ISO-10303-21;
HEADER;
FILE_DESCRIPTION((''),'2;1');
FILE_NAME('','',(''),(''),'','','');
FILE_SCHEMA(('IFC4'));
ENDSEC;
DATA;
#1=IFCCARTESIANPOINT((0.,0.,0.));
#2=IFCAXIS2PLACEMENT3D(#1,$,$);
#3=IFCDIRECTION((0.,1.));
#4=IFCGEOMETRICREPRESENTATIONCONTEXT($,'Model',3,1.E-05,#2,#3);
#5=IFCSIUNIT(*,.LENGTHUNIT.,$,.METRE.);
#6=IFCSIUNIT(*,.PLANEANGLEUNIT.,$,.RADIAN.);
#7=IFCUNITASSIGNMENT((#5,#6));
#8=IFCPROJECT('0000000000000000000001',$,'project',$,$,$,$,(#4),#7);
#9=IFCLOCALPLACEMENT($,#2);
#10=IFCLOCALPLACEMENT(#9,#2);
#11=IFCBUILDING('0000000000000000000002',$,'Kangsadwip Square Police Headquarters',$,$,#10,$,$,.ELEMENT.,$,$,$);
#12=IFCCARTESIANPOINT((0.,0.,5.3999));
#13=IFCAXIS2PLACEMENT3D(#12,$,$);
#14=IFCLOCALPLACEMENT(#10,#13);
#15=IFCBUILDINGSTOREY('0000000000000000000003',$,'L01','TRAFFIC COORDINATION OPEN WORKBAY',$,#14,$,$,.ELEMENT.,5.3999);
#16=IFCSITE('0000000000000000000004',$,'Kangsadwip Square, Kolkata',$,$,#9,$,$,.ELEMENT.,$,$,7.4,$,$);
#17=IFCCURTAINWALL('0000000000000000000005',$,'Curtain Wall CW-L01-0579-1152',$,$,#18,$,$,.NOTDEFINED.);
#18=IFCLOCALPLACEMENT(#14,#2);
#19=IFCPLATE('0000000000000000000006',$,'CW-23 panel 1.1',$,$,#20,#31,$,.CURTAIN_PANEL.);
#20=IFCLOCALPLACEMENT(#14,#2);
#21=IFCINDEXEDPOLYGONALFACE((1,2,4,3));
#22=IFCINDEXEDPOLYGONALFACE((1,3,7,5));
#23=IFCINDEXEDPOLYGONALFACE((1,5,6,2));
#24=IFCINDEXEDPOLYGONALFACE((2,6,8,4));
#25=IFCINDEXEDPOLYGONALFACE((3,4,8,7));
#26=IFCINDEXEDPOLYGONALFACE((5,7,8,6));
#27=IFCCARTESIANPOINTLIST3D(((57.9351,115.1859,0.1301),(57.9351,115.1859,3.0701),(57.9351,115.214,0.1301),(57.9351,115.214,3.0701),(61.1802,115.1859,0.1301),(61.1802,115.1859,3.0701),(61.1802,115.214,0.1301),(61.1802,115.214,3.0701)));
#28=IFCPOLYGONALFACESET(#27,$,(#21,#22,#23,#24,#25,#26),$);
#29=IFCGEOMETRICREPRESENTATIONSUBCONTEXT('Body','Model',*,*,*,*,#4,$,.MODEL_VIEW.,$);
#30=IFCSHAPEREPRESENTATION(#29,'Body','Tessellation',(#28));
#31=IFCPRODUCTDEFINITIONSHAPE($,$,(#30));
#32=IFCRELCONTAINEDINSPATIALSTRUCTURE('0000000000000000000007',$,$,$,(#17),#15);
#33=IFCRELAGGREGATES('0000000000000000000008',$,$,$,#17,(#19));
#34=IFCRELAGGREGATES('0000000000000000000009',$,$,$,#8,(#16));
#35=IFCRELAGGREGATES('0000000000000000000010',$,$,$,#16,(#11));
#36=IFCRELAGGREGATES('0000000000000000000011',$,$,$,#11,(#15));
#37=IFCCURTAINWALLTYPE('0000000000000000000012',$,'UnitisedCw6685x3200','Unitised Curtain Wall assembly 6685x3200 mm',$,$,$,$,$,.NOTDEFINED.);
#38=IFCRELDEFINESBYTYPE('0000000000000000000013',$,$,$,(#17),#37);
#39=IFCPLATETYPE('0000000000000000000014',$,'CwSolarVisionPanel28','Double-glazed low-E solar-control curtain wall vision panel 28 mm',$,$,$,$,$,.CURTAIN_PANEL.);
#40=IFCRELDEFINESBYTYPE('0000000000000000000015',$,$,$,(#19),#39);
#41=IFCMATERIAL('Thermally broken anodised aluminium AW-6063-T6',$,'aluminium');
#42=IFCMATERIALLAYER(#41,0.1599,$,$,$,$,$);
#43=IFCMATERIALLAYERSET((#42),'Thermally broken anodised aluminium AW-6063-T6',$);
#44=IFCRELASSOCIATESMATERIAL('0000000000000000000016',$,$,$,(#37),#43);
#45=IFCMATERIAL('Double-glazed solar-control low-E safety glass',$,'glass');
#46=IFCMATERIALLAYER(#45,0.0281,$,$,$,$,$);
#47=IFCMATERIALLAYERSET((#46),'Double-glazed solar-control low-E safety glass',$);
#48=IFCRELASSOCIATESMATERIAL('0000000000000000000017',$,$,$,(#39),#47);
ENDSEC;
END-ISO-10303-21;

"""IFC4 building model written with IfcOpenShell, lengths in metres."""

from ifc_helpers import new_model, si_unit, direction, frame, origin, origin_2d, place, context, subcontext, project, spatial, rectangle, extrude, material, layer, layer_set, type_object, element, aggregate, save


model = new_model("IFC4")

# Units and contexts
model_context = context("Model", 3, precision=1e-05, world=origin(), true_north=direction((0.0, 1.0)))
body_context = subcontext(model_context, "Body", "Model", "MODEL_VIEW")
ifc_project = project(units=[si_unit("LENGTHUNIT", "METRE"), si_unit("PLANEANGLEUNIT", "RADIAN")], contexts=[model_context])

# Site, building, storey
site_placement = place(None, origin())
site = spatial("IfcSite", under=ifc_project, at=site_placement, Name="Kangsadwip Square, Kolkata", CompositionType="ELEMENT", RefElevation=7.4)
building_placement = place(site_placement, origin())
building = spatial("IfcBuilding", under=site, at=building_placement, Name="Kangsadwip Square Police Headquarters", CompositionType="ELEMENT")
storey_placement = place(building_placement, frame((0.0, 0.0, 5.3999)))
storey = spatial("IfcBuildingStorey", under=building, at=storey_placement, Name="L01", Description="TRAFFIC COORDINATION OPEN WORKBAY", CompositionType="ELEMENT", Elevation=5.3999)

# Curtain wall
ifc_material_1 = material(Name="Thermally broken anodised aluminium AW-6063-T6", Category="aluminium")
ifc_layer_1 = layer(ifc_material_1, 0.1599)
ifc_layer_set_1 = layer_set([ifc_layer_1], Name="Thermally broken anodised aluminium AW-6063-T6")
curtain_wall_type_1 = type_object("IfcCurtainWallType", Name="UnitisedCw6685x3200", Description="Unitised Curtain Wall assembly 6685x3200 mm", PredefinedType="NOTDEFINED", material=ifc_layer_set_1)
curtain_wall_1_placement = place(storey_placement, origin())
curtain_wall_1 = element("IfcCurtainWall", 1, at=curtain_wall_1_placement, inside=storey, type_object=curtain_wall_type_1, Name="Curtain Wall CW-L01-0579-1152", PredefinedType="NOTDEFINED")

# Plate
ifc_material_2 = material(Name="Double-glazed solar-control low-E safety glass", Category="glass")
ifc_layer_2 = layer(ifc_material_2, 0.0281)
ifc_layer_set_2 = layer_set([ifc_layer_2], Name="Double-glazed solar-control low-E safety glass")
plate_type_1 = type_object("IfcPlateType", Name="CwSolarVisionPanel28", Description="Double-glazed low-E solar-control curtain wall vision panel 28 mm", PredefinedType="CURTAIN_PANEL", material=ifc_layer_set_2)
plate_1_placement = place(storey_placement, frame((59.5576, 115.2, 0.1301), z_axis=(0.0, 0.0, 1.0), x_axis=(1.0, 0.0, 0.0)))
plate_1 = element("IfcPlate", 2, at=plate_1_placement, type_object=plate_type_1, Name="CW-23 panel 1.1", PredefinedType="CURTAIN_PANEL", context=body_context, shape_type="SweptSolid", body=[
    extrude(rectangle(XDim=3.2451, YDim=0.0281, at=origin_2d()), origin(), (0.0, 0.0, 1.0), 2.9399),
])
aggregate(curtain_wall_1, [plate_1])

save(model, "model.ifc")
